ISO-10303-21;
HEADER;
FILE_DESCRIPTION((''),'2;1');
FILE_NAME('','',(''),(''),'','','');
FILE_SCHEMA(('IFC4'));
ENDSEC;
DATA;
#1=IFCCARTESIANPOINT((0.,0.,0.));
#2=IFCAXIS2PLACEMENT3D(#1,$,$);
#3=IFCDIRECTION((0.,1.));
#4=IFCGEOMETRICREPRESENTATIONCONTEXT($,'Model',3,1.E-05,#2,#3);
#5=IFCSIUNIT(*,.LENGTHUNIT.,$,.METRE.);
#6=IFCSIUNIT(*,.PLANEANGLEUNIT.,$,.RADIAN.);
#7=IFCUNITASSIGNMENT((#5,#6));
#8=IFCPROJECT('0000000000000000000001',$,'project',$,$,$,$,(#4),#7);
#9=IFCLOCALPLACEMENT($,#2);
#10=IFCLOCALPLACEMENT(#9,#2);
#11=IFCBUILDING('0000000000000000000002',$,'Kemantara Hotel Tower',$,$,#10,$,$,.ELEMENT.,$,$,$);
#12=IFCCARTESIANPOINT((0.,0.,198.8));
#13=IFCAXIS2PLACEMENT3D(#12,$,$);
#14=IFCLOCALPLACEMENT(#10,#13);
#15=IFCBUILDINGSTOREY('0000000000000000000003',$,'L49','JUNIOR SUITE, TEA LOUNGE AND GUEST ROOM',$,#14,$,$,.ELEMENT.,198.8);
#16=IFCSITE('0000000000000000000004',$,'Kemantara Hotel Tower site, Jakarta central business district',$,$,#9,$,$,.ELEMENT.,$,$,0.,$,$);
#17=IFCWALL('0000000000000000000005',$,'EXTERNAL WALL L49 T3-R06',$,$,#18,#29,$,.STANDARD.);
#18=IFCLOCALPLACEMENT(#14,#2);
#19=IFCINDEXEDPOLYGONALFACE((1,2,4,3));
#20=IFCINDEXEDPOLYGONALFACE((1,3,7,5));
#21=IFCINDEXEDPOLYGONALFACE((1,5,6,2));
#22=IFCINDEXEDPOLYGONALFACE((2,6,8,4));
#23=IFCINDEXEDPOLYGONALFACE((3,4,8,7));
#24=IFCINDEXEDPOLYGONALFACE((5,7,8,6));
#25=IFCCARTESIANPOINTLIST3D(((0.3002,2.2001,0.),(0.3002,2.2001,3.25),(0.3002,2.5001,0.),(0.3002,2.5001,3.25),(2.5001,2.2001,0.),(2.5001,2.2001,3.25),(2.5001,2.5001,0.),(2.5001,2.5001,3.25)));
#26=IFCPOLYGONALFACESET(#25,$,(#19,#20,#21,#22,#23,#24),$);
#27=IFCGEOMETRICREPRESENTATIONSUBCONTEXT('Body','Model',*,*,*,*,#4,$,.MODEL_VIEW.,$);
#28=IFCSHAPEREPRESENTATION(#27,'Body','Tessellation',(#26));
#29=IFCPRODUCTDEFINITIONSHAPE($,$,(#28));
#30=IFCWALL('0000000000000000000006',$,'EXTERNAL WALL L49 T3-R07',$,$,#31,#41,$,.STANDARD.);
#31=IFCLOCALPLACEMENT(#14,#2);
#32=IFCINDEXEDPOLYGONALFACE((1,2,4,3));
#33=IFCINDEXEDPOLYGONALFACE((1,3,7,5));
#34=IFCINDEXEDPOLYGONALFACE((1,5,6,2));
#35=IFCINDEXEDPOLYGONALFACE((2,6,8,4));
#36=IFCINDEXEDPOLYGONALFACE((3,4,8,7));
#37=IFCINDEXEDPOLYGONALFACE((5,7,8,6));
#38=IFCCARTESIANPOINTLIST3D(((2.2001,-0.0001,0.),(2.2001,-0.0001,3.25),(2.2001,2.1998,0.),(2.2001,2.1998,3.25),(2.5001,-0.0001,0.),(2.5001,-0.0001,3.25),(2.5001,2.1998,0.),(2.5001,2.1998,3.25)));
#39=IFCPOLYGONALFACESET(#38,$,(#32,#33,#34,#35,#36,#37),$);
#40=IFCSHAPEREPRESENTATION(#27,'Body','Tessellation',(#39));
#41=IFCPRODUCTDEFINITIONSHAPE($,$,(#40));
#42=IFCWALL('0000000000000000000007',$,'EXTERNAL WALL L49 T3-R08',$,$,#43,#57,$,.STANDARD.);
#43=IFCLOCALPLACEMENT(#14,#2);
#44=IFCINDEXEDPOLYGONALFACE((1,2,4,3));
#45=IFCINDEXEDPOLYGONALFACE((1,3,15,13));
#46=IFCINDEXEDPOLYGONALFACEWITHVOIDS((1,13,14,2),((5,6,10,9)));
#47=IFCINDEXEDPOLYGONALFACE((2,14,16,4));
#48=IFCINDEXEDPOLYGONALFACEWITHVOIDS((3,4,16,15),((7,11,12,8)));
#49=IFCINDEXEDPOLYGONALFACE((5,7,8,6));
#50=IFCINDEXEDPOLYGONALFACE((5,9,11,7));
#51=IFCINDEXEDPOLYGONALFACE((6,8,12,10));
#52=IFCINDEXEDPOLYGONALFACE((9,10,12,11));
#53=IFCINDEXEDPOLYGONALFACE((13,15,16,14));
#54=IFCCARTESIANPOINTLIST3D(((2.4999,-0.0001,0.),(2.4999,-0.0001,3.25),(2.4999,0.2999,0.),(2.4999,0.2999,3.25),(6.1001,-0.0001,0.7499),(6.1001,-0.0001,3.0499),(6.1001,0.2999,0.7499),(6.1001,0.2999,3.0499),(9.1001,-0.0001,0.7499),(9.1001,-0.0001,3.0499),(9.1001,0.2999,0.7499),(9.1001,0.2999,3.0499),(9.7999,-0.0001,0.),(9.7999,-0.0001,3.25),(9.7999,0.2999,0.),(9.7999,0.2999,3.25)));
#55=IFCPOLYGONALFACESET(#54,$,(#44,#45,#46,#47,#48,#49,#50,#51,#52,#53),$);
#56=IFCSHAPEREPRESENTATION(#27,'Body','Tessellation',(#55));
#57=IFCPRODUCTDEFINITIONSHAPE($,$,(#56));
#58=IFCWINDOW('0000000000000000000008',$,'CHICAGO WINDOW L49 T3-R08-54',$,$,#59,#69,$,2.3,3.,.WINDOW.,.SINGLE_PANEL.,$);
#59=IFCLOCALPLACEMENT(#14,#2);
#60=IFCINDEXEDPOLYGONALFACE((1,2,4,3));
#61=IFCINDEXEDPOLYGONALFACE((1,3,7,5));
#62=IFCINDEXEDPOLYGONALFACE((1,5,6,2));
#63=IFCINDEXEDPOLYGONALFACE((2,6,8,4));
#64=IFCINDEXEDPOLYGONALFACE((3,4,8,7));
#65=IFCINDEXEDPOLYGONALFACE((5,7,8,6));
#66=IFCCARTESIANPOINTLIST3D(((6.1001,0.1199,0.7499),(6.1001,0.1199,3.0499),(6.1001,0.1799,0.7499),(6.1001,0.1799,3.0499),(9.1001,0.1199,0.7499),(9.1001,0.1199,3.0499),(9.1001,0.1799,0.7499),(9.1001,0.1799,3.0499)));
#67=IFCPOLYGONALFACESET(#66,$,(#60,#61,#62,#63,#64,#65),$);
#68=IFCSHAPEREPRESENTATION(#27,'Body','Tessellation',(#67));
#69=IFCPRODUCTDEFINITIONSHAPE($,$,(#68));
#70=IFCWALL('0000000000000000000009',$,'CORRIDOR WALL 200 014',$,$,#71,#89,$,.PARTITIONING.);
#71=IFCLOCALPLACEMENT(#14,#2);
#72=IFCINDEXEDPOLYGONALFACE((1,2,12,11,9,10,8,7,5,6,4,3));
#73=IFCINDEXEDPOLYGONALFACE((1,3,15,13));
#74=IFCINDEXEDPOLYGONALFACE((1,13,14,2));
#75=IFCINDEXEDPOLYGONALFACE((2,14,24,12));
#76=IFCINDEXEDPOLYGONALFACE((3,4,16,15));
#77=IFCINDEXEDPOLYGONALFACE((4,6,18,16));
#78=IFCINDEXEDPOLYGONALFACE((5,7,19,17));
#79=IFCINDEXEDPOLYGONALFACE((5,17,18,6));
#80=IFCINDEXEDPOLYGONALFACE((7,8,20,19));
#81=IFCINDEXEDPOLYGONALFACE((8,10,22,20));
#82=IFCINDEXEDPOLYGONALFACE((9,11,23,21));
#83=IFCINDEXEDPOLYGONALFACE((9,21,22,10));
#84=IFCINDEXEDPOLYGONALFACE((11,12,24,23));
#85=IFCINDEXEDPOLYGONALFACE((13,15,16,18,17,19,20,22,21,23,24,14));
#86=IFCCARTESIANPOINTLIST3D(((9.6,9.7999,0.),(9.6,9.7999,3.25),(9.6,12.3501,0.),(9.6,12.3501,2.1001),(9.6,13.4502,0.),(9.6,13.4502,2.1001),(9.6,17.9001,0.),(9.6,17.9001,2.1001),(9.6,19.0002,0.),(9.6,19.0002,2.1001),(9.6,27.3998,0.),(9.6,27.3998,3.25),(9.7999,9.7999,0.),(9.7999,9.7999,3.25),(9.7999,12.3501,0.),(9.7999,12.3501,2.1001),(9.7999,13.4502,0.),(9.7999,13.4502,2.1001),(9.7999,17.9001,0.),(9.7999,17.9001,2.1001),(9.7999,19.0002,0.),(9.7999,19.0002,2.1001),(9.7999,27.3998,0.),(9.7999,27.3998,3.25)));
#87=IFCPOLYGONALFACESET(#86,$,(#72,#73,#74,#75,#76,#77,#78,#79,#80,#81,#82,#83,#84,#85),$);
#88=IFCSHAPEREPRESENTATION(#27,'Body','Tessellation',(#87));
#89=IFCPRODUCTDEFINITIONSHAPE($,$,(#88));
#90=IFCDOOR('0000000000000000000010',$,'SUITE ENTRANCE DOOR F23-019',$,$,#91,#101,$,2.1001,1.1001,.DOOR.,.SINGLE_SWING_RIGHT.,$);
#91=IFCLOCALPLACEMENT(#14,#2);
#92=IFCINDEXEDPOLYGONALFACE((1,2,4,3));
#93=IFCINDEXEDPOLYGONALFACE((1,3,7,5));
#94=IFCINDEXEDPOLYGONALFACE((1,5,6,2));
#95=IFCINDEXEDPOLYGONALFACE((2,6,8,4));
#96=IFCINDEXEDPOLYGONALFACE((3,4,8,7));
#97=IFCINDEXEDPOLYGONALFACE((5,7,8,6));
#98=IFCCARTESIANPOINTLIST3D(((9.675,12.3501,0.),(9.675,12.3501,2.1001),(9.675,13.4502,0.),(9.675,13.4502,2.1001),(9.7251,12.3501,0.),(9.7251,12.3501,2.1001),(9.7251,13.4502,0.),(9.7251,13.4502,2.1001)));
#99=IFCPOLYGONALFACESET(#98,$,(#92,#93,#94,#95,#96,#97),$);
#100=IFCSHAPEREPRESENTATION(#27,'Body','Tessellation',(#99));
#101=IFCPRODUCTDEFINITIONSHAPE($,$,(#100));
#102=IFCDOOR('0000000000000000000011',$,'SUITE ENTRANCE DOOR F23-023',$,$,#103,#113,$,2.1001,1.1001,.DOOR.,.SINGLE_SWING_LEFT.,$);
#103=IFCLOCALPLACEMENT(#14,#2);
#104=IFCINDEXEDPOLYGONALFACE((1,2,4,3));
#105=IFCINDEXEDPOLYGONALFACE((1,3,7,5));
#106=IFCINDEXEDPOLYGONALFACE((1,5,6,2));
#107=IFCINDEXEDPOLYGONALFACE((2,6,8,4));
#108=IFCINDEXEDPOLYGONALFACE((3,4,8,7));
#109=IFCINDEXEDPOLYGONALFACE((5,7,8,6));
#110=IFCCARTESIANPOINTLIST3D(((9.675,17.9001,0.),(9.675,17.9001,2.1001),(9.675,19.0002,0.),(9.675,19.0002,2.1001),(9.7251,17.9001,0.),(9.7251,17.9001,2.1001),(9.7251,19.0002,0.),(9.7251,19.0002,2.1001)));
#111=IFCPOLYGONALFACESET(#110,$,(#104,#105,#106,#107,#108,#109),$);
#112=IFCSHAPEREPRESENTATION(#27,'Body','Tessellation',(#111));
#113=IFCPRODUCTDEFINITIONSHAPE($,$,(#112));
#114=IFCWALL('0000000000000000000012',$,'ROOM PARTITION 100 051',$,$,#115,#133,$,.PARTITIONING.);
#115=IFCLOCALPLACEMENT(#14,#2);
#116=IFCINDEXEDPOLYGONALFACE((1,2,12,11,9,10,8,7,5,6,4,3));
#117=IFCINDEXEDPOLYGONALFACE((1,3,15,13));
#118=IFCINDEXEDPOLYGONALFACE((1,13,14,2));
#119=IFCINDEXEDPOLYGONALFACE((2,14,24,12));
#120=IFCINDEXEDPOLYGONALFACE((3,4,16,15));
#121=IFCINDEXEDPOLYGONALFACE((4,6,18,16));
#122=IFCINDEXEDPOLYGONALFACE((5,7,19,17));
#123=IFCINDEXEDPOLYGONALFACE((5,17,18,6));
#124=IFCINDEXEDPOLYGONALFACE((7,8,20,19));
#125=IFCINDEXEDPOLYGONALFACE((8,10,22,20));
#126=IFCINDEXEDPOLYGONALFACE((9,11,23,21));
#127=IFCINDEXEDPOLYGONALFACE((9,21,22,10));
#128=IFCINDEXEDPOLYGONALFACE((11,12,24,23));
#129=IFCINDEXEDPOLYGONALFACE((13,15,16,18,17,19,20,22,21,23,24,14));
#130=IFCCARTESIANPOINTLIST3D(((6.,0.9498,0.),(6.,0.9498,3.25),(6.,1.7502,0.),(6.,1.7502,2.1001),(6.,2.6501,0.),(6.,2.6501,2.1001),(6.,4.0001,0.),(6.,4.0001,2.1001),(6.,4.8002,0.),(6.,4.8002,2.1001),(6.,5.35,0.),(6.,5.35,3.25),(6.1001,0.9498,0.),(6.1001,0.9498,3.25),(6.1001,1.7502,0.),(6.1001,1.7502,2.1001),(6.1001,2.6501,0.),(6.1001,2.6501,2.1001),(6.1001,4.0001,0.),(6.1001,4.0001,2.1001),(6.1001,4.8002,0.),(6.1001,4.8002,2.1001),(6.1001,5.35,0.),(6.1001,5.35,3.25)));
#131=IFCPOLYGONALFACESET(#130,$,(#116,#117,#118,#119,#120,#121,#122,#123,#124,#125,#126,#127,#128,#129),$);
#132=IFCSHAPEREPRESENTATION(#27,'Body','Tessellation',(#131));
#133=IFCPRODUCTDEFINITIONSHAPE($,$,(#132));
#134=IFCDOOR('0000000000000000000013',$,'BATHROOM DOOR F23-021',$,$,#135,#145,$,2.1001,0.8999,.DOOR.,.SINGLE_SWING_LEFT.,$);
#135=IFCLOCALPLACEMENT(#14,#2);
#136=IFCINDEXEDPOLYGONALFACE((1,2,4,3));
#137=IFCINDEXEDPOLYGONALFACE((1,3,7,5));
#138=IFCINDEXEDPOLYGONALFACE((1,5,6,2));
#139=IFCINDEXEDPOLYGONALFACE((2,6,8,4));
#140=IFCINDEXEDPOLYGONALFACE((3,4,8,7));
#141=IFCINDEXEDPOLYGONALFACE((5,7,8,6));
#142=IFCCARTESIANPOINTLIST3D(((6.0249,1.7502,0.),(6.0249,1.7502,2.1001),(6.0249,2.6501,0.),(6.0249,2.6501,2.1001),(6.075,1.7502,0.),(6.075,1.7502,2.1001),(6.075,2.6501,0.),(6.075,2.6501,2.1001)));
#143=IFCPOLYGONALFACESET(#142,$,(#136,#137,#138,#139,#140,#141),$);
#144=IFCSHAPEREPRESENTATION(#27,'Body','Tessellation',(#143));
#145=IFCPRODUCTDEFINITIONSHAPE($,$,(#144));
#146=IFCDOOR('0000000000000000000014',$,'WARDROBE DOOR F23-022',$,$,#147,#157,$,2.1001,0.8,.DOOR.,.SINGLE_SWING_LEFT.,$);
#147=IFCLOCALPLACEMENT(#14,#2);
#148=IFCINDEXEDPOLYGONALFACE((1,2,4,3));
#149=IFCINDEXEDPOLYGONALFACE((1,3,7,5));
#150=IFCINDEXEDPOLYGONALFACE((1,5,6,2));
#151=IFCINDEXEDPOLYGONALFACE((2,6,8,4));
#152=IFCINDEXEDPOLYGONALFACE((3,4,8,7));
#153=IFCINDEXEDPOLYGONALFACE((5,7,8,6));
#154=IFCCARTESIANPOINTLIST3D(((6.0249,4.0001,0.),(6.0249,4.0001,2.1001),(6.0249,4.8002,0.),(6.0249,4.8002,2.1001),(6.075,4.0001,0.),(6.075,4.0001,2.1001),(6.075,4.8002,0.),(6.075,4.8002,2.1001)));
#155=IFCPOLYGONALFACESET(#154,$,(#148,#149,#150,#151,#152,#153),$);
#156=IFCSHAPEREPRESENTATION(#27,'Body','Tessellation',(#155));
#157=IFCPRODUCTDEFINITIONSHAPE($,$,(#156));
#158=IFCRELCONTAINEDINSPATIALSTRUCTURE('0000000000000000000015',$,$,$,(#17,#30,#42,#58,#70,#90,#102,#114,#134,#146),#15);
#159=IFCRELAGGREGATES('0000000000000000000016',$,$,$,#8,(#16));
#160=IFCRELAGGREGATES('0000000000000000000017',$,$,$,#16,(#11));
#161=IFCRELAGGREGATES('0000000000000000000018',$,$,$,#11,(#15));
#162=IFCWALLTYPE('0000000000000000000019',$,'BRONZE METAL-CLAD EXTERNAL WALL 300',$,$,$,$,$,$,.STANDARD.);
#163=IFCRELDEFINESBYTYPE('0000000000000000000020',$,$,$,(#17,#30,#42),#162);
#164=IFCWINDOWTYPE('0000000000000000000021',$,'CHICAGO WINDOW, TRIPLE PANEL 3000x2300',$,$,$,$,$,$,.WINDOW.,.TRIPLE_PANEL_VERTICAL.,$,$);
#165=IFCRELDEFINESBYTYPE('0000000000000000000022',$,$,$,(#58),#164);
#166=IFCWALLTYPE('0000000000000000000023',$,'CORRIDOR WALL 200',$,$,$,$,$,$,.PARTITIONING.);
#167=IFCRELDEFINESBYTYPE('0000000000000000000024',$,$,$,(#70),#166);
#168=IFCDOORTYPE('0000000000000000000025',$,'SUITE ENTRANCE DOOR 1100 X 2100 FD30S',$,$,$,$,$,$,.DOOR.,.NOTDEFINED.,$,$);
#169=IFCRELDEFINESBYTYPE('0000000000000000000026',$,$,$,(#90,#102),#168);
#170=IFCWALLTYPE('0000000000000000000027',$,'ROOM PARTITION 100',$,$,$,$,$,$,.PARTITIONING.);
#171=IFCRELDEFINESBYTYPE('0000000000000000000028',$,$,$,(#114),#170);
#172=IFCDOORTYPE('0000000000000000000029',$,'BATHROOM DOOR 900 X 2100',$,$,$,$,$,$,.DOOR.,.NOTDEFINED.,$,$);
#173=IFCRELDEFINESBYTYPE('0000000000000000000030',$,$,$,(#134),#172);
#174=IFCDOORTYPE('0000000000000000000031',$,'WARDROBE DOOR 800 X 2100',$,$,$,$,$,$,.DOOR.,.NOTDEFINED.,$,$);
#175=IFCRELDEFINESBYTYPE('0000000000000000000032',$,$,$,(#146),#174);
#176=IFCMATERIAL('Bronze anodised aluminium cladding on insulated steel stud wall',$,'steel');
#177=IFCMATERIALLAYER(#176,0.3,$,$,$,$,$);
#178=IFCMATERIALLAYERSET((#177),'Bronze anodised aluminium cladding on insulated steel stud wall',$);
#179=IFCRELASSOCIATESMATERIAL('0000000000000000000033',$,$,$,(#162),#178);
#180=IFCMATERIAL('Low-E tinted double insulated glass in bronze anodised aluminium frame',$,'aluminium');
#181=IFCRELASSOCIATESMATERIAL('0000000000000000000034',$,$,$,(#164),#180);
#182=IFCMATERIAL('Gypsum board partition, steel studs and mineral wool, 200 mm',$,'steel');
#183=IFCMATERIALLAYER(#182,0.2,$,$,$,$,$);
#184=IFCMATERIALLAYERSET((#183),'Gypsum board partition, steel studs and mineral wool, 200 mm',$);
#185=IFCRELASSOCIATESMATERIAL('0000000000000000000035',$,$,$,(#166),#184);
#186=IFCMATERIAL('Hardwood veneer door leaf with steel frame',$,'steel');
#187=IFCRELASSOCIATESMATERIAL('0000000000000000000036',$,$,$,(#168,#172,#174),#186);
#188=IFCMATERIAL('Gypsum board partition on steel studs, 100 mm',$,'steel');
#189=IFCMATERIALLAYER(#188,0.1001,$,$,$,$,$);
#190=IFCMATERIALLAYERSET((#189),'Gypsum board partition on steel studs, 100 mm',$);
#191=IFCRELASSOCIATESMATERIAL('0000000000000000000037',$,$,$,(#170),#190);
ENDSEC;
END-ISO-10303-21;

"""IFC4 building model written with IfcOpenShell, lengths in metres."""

from ifc_helpers import new_model, si_unit, direction, frame, frame_2d, origin, place, context, subcontext, project, spatial, rectangle, extrude, material, layer, layer_set, type_object, element, fill, save


model = new_model("IFC4")

# Units and contexts
model_context = context("Model", 3, precision=1e-05, world=origin(), true_north=direction((0.0, 1.0)))
body_context = subcontext(model_context, "Body", "Model", "MODEL_VIEW")
ifc_project = project(units=[si_unit("LENGTHUNIT", "METRE"), si_unit("PLANEANGLEUNIT", "RADIAN")], contexts=[model_context])

# Site, building, storey
site_placement = place(None, origin())
site = spatial("IfcSite", under=ifc_project, at=site_placement, Name="Kemantara Hotel Tower site, Jakarta central business district", CompositionType="ELEMENT", RefElevation=0.0)
building_placement = place(site_placement, origin())
building = spatial("IfcBuilding", under=site, at=building_placement, Name="Kemantara Hotel Tower", CompositionType="ELEMENT")
storey_placement = place(building_placement, frame((0.0, 0.0, 198.8)))
storey = spatial("IfcBuildingStorey", under=building, at=storey_placement, Name="L49", Description="JUNIOR SUITE, TEA LOUNGE AND GUEST ROOM", CompositionType="ELEMENT", Elevation=198.8)

# Walls
ifc_material_1 = material(Name="Bronze anodised aluminium cladding on insulated steel stud wall", Category="steel")
ifc_layer_1 = layer(ifc_material_1, 0.3)
ifc_layer_set_1 = layer_set([ifc_layer_1], Name="Bronze anodised aluminium cladding on insulated steel stud wall")
wall_type_1 = type_object("IfcWallType", Name="BRONZE METAL-CLAD EXTERNAL WALL 300", PredefinedType="STANDARD", material=ifc_layer_set_1)
for number, where, z_axis, x_axis, name in (
    (1, (0.3, 2.3501, 0.0), (0.0, 0.0, 1.0), (1.0, 0.0, 0.0), "EXTERNAL WALL L49 T3-R06"),
    (2, (2.3501, 2.2, 0.0), (0.0, 0.0, 1.0), (0.0, -1.0, 0.0), "EXTERNAL WALL L49 T3-R07"),
):
    element("IfcWall", number, at=place(storey_placement, frame(where, z_axis=z_axis, x_axis=x_axis)), inside=storey, type_object=wall_type_1, Name=name, PredefinedType="STANDARD", context=body_context, shape_type="SweptSolid", body=[
        extrude(rectangle(XDim=2.2, YDim=0.3, at=frame_2d((1.1001, 0.0))), origin(), (0.0, 0.0, 1.0), 3.25),
    ])

# Wall, opening, window
wall_1_placement = place(storey_placement, frame((2.5, 0.1499, 0.0), z_axis=(0.0, 0.0, 1.0), x_axis=(1.0, 0.0, 0.0)))
wall_1 = element("IfcWall", 3, at=wall_1_placement, inside=storey, type_object=wall_type_1, Name="EXTERNAL WALL L49 T3-R08", PredefinedType="STANDARD", context=body_context, shape_type="SweptSolid", body=[
    extrude(rectangle(XDim=7.3, YDim=0.3, at=frame_2d((3.6499, 0.0))), origin(), (0.0, 0.0, 1.0), 3.25),
])
opening_1_placement = place(wall_1_placement, frame((3.6001, 0.0, 0.75)))
opening_1 = element("IfcOpeningElement", 4, at=opening_1_placement, cuts=wall_1, PredefinedType="OPENING", context=body_context, shape_type="SweptSolid", body=[
    extrude(rectangle(XDim=3.0, YDim=2.3, at=frame_2d((1.5, 1.1499))), frame((0.0, 0.1599, 0.0), z_axis=(0.0, -1.0, 0.0), x_axis=(1.0, 0.0, 0.0)), (0.0, 0.0, 1.0), 0.3201),
])
ifc_material_2 = material(Name="Low-E tinted double insulated glass in bronze anodised aluminium frame", Category="aluminium")
window_type = type_object("IfcWindowType", Name="CHICAGO WINDOW, TRIPLE PANEL 3000x2300", PartitioningType="TRIPLE_PANEL_VERTICAL", PredefinedType="WINDOW", material=ifc_material_2)
window_placement = place(opening_1_placement, origin())
window = element("IfcWindow", 5, at=window_placement, inside=storey, type_object=window_type, Name="CHICAGO WINDOW L49 T3-R08-54", OverallHeight=2.3, OverallWidth=3.0, PartitioningType="SINGLE_PANEL", PredefinedType="WINDOW", context=body_context, shape_type="SweptSolid", body=[
    extrude(rectangle(XDim=3.0, YDim=2.3, at=frame_2d((1.5, 1.1499))), frame((0.0, 0.03, 0.0), z_axis=(0.0, -1.0, 0.0), x_axis=(1.0, 0.0, 0.0)), (0.0, 0.0, 1.0), 0.0601),
])
fill(opening_1, window)

# Walls, openings, doors
ifc_material_3 = material(Name="Gypsum board partition, steel studs and mineral wool, 200 mm", Category="steel")
ifc_layer_2 = layer(ifc_material_3, 0.2)
ifc_layer_set_2 = layer_set([ifc_layer_2], Name="Gypsum board partition, steel studs and mineral wool, 200 mm")
wall_type_2 = type_object("IfcWallType", Name="CORRIDOR WALL 200", PredefinedType="PARTITIONING", material=ifc_layer_set_2)
wall_2_placement = place(storey_placement, frame((9.7, 9.8, 0.0), z_axis=(0.0, 0.0, 1.0), x_axis=(0.0, 1.0, 0.0)))
wall_2 = element("IfcWall", 6, at=wall_2_placement, inside=storey, type_object=wall_type_2, Name="CORRIDOR WALL 200 014", PredefinedType="PARTITIONING", context=body_context, shape_type="SweptSolid", body=[
    extrude(rectangle(XDim=17.5999, YDim=0.2, at=frame_2d((8.7998, 0.0))), origin(), (0.0, 0.0, 1.0), 3.25),
])
opening_2_placement = place(wall_2_placement, frame((2.55, 0.0, 0.0)))
opening_2 = element("IfcOpeningElement", 7, at=opening_2_placement, cuts=wall_2, PredefinedType="OPENING", context=body_context, shape_type="SweptSolid", body=[
    extrude(rectangle(XDim=1.1001, YDim=2.1001, at=frame_2d((0.55, 1.05))), frame((0.0, 0.1099, 0.0), z_axis=(0.0, -1.0, 0.0), x_axis=(1.0, 0.0, 0.0)), (0.0, 0.0, 1.0), 0.22),
])
opening_3_placement = place(wall_2_placement, frame((8.1001, 0.0, 0.0)))
opening_3 = element("IfcOpeningElement", 8, at=opening_3_placement, cuts=wall_2, PredefinedType="OPENING", context=body_context, shape_type="SweptSolid", body=[
    extrude(rectangle(XDim=1.1001, YDim=2.1001, at=frame_2d((0.55, 1.05))), frame((0.0, 0.1099, 0.0), z_axis=(0.0, -1.0, 0.0), x_axis=(1.0, 0.0, 0.0)), (0.0, 0.0, 1.0), 0.22),
])
ifc_material_4 = material(Name="Hardwood veneer door leaf with steel frame", Category="steel")
door_type_1 = type_object("IfcDoorType", Name="SUITE ENTRANCE DOOR 1100 X 2100 FD30S", OperationType="NOTDEFINED", PredefinedType="DOOR", material=ifc_material_4)
door_1_placement = place(opening_2_placement, origin())
door_1 = element("IfcDoor", 9, at=door_1_placement, inside=storey, type_object=door_type_1, Name="SUITE ENTRANCE DOOR F23-019", OperationType="SINGLE_SWING_RIGHT", OverallHeight=2.1001, OverallWidth=1.1001, PredefinedType="DOOR", context=body_context, shape_type="SweptSolid", body=[
    extrude(rectangle(XDim=1.1001, YDim=2.1001, at=frame_2d((0.55, 1.05))), frame((0.0, 0.0249, 0.0), z_axis=(0.0, -1.0, 0.0), x_axis=(1.0, 0.0, 0.0)), (0.0, 0.0, 1.0), 0.05),
])
fill(opening_2, door_1)
door_2_placement = place(opening_3_placement, origin())
door_2 = element("IfcDoor", 10, at=door_2_placement, inside=storey, type_object=door_type_1, Name="SUITE ENTRANCE DOOR F23-023", OperationType="SINGLE_SWING_LEFT", OverallHeight=2.1001, OverallWidth=1.1001, PredefinedType="DOOR", context=body_context, shape_type="SweptSolid", body=[
    extrude(rectangle(XDim=1.1001, YDim=2.1001, at=frame_2d((0.55, 1.05))), frame((0.0, 0.0249, 0.0), z_axis=(0.0, -1.0, 0.0), x_axis=(1.0, 0.0, 0.0)), (0.0, 0.0, 1.0), 0.05),
])
fill(opening_3, door_2)
ifc_material_5 = material(Name="Gypsum board partition on steel studs, 100 mm", Category="steel")
ifc_layer_3 = layer(ifc_material_5, 0.1001)
ifc_layer_set_3 = layer_set([ifc_layer_3], Name="Gypsum board partition on steel studs, 100 mm")
wall_type_3 = type_object("IfcWallType", Name="ROOM PARTITION 100", PredefinedType="PARTITIONING", material=ifc_layer_set_3)
wall_3_placement = place(storey_placement, frame((6.05, 5.3501, 0.0), z_axis=(0.0, 0.0, 1.0), x_axis=(0.0, -1.0, 0.0)))
wall_3 = element("IfcWall", 11, at=wall_3_placement, inside=storey, type_object=wall_type_3, Name="ROOM PARTITION 100 051", PredefinedType="PARTITIONING", context=body_context, shape_type="SweptSolid", body=[
    extrude(rectangle(XDim=4.4001, YDim=0.1001, at=frame_2d((2.2002, 0.0))), origin(), (0.0, 0.0, 1.0), 3.25),
])
opening_4_placement = place(wall_3_placement, frame((2.7, 0.0, 0.0)))
opening_4 = element("IfcOpeningElement", 12, at=opening_4_placement, cuts=wall_3, PredefinedType="OPENING", context=body_context, shape_type="SweptSolid", body=[
    extrude(rectangle(XDim=0.8999, YDim=2.1001, at=frame_2d((0.45, 1.05))), frame((0.0, 0.0601, 0.0), z_axis=(0.0, -1.0, 0.0), x_axis=(1.0, 0.0, 0.0)), (0.0, 0.0, 1.0), 0.1201),
])
opening_5_placement = place(wall_3_placement, frame((0.55, 0.0, 0.0)))
opening_5 = element("IfcOpeningElement", 13, at=opening_5_placement, cuts=wall_3, PredefinedType="OPENING", context=body_context, shape_type="SweptSolid", body=[
    extrude(rectangle(XDim=0.8, YDim=2.1001, at=frame_2d((0.3999, 1.05))), frame((0.0, 0.0601, 0.0), z_axis=(0.0, -1.0, 0.0), x_axis=(1.0, 0.0, 0.0)), (0.0, 0.0, 1.0), 0.1201),
])
door_type_2 = type_object("IfcDoorType", Name="BATHROOM DOOR 900 X 2100", OperationType="NOTDEFINED", PredefinedType="DOOR", material=ifc_material_4)
door_3_placement = place(opening_4_placement, origin())
door_3 = element("IfcDoor", 14, at=door_3_placement, inside=storey, type_object=door_type_2, Name="BATHROOM DOOR F23-021", OperationType="SINGLE_SWING_LEFT", OverallHeight=2.1001, OverallWidth=0.8999, PredefinedType="DOOR", context=body_context, shape_type="SweptSolid", body=[
    extrude(rectangle(XDim=0.8999, YDim=2.1001, at=frame_2d((0.45, 1.05))), frame((0.0, 0.0249, 0.0), z_axis=(0.0, -1.0, 0.0), x_axis=(1.0, 0.0, 0.0)), (0.0, 0.0, 1.0), 0.05),
])
fill(opening_4, door_3)
door_type_3 = type_object("IfcDoorType", Name="WARDROBE DOOR 800 X 2100", OperationType="NOTDEFINED", PredefinedType="DOOR", material=ifc_material_4)
door_4_placement = place(opening_5_placement, origin())
door_4 = element("IfcDoor", 15, at=door_4_placement, inside=storey, type_object=door_type_3, Name="WARDROBE DOOR F23-022", OperationType="SINGLE_SWING_LEFT", OverallHeight=2.1001, OverallWidth=0.8, PredefinedType="DOOR", context=body_context, shape_type="SweptSolid", body=[
    extrude(rectangle(XDim=0.8, YDim=2.1001, at=frame_2d((0.3999, 1.05))), frame((0.0, 0.0249, 0.0), z_axis=(0.0, -1.0, 0.0), x_axis=(1.0, 0.0, 0.0)), (0.0, 0.0, 1.0), 0.05),
])
fill(opening_5, door_4)

save(model, "model.ifc")
